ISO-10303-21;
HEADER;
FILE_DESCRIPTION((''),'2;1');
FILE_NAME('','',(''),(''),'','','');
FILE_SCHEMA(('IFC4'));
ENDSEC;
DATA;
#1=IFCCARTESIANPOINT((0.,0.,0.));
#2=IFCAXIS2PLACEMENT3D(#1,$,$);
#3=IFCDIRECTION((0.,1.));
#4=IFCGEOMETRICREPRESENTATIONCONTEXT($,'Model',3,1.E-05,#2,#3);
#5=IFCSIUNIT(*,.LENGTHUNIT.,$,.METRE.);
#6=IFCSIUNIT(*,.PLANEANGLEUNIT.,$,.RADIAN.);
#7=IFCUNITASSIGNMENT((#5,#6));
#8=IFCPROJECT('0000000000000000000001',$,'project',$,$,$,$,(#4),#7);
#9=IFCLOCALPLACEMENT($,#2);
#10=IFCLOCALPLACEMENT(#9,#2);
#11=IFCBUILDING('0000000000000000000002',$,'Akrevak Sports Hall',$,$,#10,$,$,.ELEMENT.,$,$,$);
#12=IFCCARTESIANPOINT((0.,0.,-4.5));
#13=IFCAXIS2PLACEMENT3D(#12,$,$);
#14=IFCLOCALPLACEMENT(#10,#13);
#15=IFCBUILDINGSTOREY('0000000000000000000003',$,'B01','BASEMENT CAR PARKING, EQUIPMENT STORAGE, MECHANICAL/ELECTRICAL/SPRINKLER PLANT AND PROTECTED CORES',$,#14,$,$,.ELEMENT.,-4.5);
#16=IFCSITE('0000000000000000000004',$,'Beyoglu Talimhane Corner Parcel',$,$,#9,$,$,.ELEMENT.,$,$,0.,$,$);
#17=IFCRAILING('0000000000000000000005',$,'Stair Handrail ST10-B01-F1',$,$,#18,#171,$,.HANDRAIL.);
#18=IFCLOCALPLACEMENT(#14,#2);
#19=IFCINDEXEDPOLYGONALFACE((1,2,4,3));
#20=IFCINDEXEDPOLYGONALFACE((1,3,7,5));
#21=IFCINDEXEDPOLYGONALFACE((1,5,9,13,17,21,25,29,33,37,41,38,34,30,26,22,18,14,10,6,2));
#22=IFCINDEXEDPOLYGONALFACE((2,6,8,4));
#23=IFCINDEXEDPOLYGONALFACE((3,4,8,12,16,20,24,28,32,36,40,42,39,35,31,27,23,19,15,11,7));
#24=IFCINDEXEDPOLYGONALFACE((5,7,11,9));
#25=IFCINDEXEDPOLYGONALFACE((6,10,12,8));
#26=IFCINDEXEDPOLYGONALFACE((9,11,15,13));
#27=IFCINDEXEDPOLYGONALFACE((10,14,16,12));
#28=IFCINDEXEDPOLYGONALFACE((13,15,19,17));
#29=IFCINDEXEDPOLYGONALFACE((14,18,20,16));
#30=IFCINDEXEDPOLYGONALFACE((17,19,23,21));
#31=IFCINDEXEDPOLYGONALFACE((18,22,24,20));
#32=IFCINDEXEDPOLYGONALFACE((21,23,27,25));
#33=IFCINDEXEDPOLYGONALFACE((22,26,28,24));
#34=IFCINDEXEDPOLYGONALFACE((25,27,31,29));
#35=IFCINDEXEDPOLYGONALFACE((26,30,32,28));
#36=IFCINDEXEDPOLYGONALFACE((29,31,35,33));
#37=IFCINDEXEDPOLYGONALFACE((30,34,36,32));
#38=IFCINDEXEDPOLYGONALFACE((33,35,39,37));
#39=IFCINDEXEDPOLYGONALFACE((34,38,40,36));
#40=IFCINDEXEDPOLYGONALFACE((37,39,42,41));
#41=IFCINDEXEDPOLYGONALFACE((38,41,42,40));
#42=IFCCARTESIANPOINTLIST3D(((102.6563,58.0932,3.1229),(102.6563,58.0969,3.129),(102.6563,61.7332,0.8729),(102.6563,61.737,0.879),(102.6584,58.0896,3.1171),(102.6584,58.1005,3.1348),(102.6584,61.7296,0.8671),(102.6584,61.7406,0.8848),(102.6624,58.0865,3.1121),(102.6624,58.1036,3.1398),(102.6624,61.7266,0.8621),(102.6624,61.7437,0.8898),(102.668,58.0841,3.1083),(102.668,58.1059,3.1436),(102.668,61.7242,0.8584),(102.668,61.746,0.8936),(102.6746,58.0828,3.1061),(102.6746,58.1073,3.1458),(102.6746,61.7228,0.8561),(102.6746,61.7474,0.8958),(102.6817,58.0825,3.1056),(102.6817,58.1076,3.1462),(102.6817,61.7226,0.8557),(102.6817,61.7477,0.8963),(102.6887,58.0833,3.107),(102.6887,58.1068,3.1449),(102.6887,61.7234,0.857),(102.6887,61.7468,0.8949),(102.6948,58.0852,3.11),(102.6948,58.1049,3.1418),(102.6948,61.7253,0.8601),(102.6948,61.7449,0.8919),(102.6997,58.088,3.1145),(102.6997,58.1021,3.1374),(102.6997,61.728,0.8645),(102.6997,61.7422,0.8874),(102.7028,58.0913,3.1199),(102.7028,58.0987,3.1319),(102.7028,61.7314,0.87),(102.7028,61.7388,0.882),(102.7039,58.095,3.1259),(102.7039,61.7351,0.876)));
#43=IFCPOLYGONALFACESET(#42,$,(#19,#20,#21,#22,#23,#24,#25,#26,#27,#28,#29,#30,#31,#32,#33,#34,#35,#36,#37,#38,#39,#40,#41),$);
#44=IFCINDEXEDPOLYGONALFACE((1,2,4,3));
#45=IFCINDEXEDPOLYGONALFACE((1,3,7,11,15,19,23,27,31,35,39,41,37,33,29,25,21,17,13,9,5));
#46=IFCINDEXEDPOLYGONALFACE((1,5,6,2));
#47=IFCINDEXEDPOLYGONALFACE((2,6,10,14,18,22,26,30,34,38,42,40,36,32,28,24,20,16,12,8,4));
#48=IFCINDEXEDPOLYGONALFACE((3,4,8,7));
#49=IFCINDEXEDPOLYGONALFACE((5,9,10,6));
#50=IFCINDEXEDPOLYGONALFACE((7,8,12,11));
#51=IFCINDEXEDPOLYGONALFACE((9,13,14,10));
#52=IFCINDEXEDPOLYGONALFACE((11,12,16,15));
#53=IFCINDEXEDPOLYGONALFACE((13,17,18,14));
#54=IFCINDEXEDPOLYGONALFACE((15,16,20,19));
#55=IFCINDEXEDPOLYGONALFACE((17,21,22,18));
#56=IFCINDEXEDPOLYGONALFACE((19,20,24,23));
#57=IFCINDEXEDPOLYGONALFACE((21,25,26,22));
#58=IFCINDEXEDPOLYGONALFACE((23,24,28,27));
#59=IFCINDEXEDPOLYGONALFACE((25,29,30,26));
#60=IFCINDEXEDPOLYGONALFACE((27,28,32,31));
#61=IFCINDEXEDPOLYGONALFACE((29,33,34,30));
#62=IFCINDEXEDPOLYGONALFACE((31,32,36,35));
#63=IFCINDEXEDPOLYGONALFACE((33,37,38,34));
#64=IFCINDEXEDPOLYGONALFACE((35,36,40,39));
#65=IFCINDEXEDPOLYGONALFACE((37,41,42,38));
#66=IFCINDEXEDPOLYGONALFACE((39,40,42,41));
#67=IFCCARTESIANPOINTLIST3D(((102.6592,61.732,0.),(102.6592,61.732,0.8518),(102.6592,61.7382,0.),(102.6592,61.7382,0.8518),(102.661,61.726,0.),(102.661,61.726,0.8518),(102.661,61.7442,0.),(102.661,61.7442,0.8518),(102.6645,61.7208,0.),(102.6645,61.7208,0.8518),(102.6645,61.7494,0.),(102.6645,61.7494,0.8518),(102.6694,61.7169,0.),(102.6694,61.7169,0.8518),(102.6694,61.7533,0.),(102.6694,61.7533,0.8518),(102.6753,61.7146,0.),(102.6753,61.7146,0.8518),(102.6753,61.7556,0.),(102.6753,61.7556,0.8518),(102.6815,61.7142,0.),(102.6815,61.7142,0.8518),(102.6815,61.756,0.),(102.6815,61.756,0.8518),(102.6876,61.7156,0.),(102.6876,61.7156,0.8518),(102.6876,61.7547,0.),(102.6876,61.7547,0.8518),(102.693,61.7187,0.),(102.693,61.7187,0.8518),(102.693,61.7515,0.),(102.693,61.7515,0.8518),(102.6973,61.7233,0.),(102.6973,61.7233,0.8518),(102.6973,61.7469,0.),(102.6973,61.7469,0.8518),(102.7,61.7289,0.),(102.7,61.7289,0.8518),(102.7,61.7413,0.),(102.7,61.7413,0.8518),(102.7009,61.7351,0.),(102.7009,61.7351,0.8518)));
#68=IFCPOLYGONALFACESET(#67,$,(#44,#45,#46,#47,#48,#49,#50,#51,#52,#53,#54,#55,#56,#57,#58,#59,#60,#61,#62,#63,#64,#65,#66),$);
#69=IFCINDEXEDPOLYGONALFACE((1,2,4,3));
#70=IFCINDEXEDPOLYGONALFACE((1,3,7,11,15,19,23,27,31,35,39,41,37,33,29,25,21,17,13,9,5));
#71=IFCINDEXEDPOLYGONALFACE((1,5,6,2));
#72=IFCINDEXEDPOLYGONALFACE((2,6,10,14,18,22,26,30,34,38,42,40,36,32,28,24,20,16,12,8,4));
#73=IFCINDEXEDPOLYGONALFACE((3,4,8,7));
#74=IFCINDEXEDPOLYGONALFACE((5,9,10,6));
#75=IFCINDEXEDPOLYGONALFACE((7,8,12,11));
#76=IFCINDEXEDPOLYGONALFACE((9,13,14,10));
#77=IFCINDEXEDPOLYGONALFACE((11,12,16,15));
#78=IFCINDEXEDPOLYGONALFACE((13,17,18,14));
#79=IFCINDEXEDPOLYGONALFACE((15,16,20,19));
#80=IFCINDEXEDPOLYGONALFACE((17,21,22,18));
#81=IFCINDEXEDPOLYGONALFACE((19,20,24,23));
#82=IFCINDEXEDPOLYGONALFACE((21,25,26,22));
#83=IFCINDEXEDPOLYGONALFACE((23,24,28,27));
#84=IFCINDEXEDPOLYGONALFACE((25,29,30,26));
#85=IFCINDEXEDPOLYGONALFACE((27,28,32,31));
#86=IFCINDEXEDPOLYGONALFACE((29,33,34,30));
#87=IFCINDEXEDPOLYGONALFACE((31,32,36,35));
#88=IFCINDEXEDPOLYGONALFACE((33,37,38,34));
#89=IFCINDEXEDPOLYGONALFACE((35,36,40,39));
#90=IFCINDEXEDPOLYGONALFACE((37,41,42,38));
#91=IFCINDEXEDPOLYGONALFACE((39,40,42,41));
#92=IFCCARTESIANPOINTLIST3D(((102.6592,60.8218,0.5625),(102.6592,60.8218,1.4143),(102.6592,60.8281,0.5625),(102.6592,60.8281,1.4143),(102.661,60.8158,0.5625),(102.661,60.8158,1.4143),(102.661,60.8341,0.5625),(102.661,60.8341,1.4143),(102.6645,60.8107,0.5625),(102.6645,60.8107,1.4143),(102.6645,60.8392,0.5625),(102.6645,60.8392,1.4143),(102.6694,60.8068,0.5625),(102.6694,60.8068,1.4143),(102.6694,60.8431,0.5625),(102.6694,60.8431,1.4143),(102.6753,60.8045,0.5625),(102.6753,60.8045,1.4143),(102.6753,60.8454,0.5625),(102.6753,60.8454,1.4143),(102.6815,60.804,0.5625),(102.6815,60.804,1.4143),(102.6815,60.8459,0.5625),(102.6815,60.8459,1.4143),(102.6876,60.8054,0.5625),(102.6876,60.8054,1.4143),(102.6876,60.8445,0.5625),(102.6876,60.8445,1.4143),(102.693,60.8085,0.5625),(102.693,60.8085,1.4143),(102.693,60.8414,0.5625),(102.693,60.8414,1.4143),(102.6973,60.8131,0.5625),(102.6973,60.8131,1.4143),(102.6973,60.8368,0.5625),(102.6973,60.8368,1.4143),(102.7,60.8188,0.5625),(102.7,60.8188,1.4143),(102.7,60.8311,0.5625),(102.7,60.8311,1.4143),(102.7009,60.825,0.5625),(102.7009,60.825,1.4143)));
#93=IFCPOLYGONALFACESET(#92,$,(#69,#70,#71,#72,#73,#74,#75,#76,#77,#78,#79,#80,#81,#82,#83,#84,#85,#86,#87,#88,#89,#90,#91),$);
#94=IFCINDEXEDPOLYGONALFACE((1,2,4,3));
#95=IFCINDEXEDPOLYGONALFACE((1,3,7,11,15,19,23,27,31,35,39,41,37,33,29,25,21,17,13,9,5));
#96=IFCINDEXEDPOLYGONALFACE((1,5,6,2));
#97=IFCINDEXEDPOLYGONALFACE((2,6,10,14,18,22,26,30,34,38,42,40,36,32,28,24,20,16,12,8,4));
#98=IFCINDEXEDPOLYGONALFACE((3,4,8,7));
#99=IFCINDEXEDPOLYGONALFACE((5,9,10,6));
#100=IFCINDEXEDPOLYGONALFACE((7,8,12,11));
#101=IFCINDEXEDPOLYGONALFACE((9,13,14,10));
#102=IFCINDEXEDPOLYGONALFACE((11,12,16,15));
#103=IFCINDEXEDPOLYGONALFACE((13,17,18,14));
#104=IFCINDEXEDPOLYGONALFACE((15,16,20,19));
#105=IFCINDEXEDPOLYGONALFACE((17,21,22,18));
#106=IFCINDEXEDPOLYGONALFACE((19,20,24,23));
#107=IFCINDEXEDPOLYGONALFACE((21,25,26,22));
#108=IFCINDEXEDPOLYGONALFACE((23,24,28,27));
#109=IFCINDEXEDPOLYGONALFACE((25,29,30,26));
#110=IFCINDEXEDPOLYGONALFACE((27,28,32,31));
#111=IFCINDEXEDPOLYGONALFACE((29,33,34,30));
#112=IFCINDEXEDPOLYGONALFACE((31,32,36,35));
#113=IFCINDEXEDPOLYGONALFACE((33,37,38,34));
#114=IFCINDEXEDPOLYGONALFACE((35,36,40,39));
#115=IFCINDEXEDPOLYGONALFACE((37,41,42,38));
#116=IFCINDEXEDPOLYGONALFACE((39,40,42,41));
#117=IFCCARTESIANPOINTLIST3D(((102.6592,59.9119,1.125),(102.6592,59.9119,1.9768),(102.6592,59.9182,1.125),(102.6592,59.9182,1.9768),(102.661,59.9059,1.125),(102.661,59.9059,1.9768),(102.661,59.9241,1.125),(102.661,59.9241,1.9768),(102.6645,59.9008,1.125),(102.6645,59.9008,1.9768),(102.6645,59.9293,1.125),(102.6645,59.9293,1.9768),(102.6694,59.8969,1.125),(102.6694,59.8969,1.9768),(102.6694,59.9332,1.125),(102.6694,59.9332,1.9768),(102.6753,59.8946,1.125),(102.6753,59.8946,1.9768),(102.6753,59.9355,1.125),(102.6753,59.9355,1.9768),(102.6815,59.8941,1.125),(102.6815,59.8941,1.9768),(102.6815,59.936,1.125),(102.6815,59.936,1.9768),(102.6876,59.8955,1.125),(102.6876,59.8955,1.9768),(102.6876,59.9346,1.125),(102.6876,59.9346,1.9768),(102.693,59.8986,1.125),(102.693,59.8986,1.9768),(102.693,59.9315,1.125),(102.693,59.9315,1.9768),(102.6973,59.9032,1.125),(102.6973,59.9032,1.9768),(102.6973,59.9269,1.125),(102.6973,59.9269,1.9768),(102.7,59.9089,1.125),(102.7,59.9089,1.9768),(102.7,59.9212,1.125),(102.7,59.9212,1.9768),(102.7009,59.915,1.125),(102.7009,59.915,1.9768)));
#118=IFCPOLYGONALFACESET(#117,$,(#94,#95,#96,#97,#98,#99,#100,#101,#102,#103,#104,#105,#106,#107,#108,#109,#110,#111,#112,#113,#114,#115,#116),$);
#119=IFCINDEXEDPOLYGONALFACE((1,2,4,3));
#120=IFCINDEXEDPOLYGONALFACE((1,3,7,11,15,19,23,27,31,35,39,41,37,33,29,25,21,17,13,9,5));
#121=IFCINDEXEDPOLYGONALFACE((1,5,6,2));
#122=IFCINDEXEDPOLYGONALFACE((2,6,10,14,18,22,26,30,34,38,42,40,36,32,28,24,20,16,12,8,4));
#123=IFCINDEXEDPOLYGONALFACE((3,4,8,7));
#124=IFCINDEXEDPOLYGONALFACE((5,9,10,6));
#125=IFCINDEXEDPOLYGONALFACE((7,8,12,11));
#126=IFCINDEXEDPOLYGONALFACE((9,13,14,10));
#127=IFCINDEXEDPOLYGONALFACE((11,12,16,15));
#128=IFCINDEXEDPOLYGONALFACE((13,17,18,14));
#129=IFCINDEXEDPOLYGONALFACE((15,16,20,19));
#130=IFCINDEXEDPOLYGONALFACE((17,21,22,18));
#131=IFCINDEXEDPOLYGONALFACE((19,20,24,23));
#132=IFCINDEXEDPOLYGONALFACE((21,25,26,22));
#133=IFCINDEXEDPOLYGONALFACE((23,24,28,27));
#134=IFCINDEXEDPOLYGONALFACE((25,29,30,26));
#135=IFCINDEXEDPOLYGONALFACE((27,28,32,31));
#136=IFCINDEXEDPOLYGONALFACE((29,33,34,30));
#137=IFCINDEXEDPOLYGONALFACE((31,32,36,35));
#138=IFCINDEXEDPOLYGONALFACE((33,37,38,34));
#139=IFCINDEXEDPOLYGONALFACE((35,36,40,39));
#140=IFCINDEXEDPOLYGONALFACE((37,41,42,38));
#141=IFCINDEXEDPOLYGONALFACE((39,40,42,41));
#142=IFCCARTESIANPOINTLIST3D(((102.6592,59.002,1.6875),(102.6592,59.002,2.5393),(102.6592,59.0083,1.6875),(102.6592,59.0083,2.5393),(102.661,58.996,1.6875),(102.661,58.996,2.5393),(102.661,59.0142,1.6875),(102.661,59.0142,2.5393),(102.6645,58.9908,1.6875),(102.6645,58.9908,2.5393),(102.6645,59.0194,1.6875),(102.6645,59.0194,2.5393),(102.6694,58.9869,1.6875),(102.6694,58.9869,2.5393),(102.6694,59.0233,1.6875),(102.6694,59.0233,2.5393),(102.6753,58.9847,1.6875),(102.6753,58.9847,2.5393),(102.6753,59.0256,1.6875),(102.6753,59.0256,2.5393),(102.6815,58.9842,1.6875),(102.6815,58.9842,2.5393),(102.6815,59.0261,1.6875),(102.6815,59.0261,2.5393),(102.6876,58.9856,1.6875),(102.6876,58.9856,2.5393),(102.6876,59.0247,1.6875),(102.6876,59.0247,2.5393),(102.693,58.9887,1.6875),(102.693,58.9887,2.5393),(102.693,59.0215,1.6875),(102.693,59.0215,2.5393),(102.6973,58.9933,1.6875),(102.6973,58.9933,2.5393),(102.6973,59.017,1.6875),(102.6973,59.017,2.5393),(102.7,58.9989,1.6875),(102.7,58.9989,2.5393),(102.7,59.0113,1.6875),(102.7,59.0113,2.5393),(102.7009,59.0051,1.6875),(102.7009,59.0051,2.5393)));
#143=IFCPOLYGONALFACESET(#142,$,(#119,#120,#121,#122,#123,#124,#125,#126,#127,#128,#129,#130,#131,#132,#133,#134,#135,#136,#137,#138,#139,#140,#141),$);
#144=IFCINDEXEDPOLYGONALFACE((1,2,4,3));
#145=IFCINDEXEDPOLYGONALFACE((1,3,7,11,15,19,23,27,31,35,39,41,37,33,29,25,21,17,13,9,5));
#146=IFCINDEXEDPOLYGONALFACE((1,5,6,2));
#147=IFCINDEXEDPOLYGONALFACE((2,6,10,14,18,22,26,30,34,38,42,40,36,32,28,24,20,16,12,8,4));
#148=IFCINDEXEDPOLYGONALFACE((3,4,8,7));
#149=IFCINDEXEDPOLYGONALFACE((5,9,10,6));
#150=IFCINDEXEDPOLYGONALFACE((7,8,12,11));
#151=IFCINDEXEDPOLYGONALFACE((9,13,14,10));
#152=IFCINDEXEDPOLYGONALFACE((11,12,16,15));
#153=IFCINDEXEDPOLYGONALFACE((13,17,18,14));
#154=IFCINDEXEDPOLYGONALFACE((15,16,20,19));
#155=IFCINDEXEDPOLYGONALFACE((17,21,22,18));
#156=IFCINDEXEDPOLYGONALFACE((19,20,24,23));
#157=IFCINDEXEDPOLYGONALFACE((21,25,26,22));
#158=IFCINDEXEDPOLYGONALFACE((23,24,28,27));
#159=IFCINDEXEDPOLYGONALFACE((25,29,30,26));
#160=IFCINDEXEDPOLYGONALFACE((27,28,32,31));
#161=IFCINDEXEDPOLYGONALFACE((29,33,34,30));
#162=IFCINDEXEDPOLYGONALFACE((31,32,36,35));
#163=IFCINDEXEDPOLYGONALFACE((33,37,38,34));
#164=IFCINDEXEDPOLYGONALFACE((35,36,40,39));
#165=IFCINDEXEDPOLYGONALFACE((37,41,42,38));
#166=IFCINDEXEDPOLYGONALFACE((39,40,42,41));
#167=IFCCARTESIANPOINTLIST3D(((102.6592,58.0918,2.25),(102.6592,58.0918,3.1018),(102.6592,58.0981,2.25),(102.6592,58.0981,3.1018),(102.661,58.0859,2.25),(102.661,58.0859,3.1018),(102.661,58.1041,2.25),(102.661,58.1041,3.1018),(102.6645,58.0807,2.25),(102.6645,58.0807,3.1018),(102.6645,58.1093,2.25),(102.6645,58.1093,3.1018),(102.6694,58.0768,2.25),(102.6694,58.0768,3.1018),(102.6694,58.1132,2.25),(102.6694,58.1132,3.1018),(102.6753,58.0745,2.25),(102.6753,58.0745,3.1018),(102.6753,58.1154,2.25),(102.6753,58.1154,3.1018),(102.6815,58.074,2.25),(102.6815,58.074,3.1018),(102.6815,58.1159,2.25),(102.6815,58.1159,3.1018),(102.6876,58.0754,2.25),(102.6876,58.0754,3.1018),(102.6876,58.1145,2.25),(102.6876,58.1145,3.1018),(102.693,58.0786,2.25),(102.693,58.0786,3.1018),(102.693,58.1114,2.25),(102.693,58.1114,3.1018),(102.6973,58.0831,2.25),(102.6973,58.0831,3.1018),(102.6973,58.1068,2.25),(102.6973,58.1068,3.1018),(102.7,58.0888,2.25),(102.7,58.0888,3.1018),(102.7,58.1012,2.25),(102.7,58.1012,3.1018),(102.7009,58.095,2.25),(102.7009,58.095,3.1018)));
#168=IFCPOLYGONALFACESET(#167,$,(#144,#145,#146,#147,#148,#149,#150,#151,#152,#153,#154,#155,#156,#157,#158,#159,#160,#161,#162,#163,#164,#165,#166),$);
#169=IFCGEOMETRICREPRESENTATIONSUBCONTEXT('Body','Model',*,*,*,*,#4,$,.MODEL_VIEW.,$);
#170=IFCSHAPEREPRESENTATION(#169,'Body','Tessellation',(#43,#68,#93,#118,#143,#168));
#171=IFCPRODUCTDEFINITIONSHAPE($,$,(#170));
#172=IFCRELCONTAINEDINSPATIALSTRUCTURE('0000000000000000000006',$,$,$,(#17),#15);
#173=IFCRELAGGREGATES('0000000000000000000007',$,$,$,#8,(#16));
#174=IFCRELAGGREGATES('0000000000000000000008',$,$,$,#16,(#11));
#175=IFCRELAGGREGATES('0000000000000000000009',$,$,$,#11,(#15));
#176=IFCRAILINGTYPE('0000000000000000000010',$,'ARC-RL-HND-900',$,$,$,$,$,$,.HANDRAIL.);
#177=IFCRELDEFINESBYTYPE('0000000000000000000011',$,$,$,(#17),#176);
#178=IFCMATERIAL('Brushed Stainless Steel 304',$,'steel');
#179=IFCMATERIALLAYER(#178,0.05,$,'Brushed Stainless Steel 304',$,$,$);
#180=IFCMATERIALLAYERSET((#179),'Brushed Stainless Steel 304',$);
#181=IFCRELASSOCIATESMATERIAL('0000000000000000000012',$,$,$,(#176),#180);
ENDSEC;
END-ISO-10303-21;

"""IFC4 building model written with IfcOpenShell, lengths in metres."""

from ifc_helpers import new_model, si_unit, direction, frame, origin, origin_2d, place, context, subcontext, project, spatial, circle, extrude, material, layer, layer_set, type_object, element, save


model = new_model("IFC4")

# Units and contexts
model_context = context("Model", 3, precision=1e-05, world=origin(), true_north=direction((0.0, 1.0)))
body_context = subcontext(model_context, "Body", "Model", "MODEL_VIEW")
ifc_project = project(units=[si_unit("LENGTHUNIT", "METRE"), si_unit("PLANEANGLEUNIT", "RADIAN")], contexts=[model_context])

# Site, building, storey
site_placement = place(None, origin())
site = spatial("IfcSite", under=ifc_project, at=site_placement, Name="Beyoglu Talimhane Corner Parcel", CompositionType="ELEMENT", RefElevation=0.0)
building_placement = place(site_placement, origin())
building = spatial("IfcBuilding", under=site, at=building_placement, Name="Akrevak Sports Hall", CompositionType="ELEMENT")
storey_placement = place(building_placement, frame((0.0, 0.0, -4.5)))
storey = spatial("IfcBuildingStorey", under=building, at=storey_placement, Name="B01", Description="BASEMENT CAR PARKING, EQUIPMENT STORAGE, MECHANICAL/ELECTRICAL/SPRINKLER PLANT AND PROTECTED CORES", CompositionType="ELEMENT", Elevation=-4.5)

# Railing
ifc_material_1 = material(Name="Brushed Stainless Steel 304", Category="steel")
ifc_layer_1 = layer(ifc_material_1, 0.05, Name="Brushed Stainless Steel 304")
ifc_layer_set_1 = layer_set([ifc_layer_1], Name="Brushed Stainless Steel 304")
railing_type_1 = type_object("IfcRailingType", Name="ARC-RL-HND-900", PredefinedType="HANDRAIL", material=ifc_layer_set_1)
railing_1_placement = place(storey_placement, frame((102.6799, 61.7351, 0.0)))
element("IfcRailing", 1, at=railing_1_placement, inside=storey, type_object=railing_type_1, Name="Stair Handrail ST10-B01-F1", PredefinedType="HANDRAIL", context=body_context, shape_type="SweptSolid", body=[
    extrude(circle(Radius=0.0239, at=origin_2d()), frame((0.0, 0.0, 0.876), z_axis=(0.0, -0.850622, 0.525777), x_axis=(1.0, 0.0, 0.0)), (0.0, 0.0, 1.0), 4.2793),
    extrude(circle(Radius=0.021, at=origin_2d()), origin(), (0.0, 0.0, 1.0), 0.8518),
    extrude(circle(Radius=0.021, at=origin_2d()), frame((0.0, -0.9102, 0.5625)), (0.0, 0.0, 1.0), 0.8518),
    extrude(circle(Radius=0.021, at=origin_2d()), frame((0.0, -1.8201, 1.125)), (0.0, 0.0, 1.0), 0.8518),
    extrude(circle(Radius=0.021, at=origin_2d()), frame((0.0, -2.73, 1.6875)), (0.0, 0.0, 1.0), 0.8518),
    extrude(circle(Radius=0.021, at=origin_2d()), frame((0.0, -3.6401, 2.25)), (0.0, 0.0, 1.0), 0.8518),
])

save(model, "model.ifc")
